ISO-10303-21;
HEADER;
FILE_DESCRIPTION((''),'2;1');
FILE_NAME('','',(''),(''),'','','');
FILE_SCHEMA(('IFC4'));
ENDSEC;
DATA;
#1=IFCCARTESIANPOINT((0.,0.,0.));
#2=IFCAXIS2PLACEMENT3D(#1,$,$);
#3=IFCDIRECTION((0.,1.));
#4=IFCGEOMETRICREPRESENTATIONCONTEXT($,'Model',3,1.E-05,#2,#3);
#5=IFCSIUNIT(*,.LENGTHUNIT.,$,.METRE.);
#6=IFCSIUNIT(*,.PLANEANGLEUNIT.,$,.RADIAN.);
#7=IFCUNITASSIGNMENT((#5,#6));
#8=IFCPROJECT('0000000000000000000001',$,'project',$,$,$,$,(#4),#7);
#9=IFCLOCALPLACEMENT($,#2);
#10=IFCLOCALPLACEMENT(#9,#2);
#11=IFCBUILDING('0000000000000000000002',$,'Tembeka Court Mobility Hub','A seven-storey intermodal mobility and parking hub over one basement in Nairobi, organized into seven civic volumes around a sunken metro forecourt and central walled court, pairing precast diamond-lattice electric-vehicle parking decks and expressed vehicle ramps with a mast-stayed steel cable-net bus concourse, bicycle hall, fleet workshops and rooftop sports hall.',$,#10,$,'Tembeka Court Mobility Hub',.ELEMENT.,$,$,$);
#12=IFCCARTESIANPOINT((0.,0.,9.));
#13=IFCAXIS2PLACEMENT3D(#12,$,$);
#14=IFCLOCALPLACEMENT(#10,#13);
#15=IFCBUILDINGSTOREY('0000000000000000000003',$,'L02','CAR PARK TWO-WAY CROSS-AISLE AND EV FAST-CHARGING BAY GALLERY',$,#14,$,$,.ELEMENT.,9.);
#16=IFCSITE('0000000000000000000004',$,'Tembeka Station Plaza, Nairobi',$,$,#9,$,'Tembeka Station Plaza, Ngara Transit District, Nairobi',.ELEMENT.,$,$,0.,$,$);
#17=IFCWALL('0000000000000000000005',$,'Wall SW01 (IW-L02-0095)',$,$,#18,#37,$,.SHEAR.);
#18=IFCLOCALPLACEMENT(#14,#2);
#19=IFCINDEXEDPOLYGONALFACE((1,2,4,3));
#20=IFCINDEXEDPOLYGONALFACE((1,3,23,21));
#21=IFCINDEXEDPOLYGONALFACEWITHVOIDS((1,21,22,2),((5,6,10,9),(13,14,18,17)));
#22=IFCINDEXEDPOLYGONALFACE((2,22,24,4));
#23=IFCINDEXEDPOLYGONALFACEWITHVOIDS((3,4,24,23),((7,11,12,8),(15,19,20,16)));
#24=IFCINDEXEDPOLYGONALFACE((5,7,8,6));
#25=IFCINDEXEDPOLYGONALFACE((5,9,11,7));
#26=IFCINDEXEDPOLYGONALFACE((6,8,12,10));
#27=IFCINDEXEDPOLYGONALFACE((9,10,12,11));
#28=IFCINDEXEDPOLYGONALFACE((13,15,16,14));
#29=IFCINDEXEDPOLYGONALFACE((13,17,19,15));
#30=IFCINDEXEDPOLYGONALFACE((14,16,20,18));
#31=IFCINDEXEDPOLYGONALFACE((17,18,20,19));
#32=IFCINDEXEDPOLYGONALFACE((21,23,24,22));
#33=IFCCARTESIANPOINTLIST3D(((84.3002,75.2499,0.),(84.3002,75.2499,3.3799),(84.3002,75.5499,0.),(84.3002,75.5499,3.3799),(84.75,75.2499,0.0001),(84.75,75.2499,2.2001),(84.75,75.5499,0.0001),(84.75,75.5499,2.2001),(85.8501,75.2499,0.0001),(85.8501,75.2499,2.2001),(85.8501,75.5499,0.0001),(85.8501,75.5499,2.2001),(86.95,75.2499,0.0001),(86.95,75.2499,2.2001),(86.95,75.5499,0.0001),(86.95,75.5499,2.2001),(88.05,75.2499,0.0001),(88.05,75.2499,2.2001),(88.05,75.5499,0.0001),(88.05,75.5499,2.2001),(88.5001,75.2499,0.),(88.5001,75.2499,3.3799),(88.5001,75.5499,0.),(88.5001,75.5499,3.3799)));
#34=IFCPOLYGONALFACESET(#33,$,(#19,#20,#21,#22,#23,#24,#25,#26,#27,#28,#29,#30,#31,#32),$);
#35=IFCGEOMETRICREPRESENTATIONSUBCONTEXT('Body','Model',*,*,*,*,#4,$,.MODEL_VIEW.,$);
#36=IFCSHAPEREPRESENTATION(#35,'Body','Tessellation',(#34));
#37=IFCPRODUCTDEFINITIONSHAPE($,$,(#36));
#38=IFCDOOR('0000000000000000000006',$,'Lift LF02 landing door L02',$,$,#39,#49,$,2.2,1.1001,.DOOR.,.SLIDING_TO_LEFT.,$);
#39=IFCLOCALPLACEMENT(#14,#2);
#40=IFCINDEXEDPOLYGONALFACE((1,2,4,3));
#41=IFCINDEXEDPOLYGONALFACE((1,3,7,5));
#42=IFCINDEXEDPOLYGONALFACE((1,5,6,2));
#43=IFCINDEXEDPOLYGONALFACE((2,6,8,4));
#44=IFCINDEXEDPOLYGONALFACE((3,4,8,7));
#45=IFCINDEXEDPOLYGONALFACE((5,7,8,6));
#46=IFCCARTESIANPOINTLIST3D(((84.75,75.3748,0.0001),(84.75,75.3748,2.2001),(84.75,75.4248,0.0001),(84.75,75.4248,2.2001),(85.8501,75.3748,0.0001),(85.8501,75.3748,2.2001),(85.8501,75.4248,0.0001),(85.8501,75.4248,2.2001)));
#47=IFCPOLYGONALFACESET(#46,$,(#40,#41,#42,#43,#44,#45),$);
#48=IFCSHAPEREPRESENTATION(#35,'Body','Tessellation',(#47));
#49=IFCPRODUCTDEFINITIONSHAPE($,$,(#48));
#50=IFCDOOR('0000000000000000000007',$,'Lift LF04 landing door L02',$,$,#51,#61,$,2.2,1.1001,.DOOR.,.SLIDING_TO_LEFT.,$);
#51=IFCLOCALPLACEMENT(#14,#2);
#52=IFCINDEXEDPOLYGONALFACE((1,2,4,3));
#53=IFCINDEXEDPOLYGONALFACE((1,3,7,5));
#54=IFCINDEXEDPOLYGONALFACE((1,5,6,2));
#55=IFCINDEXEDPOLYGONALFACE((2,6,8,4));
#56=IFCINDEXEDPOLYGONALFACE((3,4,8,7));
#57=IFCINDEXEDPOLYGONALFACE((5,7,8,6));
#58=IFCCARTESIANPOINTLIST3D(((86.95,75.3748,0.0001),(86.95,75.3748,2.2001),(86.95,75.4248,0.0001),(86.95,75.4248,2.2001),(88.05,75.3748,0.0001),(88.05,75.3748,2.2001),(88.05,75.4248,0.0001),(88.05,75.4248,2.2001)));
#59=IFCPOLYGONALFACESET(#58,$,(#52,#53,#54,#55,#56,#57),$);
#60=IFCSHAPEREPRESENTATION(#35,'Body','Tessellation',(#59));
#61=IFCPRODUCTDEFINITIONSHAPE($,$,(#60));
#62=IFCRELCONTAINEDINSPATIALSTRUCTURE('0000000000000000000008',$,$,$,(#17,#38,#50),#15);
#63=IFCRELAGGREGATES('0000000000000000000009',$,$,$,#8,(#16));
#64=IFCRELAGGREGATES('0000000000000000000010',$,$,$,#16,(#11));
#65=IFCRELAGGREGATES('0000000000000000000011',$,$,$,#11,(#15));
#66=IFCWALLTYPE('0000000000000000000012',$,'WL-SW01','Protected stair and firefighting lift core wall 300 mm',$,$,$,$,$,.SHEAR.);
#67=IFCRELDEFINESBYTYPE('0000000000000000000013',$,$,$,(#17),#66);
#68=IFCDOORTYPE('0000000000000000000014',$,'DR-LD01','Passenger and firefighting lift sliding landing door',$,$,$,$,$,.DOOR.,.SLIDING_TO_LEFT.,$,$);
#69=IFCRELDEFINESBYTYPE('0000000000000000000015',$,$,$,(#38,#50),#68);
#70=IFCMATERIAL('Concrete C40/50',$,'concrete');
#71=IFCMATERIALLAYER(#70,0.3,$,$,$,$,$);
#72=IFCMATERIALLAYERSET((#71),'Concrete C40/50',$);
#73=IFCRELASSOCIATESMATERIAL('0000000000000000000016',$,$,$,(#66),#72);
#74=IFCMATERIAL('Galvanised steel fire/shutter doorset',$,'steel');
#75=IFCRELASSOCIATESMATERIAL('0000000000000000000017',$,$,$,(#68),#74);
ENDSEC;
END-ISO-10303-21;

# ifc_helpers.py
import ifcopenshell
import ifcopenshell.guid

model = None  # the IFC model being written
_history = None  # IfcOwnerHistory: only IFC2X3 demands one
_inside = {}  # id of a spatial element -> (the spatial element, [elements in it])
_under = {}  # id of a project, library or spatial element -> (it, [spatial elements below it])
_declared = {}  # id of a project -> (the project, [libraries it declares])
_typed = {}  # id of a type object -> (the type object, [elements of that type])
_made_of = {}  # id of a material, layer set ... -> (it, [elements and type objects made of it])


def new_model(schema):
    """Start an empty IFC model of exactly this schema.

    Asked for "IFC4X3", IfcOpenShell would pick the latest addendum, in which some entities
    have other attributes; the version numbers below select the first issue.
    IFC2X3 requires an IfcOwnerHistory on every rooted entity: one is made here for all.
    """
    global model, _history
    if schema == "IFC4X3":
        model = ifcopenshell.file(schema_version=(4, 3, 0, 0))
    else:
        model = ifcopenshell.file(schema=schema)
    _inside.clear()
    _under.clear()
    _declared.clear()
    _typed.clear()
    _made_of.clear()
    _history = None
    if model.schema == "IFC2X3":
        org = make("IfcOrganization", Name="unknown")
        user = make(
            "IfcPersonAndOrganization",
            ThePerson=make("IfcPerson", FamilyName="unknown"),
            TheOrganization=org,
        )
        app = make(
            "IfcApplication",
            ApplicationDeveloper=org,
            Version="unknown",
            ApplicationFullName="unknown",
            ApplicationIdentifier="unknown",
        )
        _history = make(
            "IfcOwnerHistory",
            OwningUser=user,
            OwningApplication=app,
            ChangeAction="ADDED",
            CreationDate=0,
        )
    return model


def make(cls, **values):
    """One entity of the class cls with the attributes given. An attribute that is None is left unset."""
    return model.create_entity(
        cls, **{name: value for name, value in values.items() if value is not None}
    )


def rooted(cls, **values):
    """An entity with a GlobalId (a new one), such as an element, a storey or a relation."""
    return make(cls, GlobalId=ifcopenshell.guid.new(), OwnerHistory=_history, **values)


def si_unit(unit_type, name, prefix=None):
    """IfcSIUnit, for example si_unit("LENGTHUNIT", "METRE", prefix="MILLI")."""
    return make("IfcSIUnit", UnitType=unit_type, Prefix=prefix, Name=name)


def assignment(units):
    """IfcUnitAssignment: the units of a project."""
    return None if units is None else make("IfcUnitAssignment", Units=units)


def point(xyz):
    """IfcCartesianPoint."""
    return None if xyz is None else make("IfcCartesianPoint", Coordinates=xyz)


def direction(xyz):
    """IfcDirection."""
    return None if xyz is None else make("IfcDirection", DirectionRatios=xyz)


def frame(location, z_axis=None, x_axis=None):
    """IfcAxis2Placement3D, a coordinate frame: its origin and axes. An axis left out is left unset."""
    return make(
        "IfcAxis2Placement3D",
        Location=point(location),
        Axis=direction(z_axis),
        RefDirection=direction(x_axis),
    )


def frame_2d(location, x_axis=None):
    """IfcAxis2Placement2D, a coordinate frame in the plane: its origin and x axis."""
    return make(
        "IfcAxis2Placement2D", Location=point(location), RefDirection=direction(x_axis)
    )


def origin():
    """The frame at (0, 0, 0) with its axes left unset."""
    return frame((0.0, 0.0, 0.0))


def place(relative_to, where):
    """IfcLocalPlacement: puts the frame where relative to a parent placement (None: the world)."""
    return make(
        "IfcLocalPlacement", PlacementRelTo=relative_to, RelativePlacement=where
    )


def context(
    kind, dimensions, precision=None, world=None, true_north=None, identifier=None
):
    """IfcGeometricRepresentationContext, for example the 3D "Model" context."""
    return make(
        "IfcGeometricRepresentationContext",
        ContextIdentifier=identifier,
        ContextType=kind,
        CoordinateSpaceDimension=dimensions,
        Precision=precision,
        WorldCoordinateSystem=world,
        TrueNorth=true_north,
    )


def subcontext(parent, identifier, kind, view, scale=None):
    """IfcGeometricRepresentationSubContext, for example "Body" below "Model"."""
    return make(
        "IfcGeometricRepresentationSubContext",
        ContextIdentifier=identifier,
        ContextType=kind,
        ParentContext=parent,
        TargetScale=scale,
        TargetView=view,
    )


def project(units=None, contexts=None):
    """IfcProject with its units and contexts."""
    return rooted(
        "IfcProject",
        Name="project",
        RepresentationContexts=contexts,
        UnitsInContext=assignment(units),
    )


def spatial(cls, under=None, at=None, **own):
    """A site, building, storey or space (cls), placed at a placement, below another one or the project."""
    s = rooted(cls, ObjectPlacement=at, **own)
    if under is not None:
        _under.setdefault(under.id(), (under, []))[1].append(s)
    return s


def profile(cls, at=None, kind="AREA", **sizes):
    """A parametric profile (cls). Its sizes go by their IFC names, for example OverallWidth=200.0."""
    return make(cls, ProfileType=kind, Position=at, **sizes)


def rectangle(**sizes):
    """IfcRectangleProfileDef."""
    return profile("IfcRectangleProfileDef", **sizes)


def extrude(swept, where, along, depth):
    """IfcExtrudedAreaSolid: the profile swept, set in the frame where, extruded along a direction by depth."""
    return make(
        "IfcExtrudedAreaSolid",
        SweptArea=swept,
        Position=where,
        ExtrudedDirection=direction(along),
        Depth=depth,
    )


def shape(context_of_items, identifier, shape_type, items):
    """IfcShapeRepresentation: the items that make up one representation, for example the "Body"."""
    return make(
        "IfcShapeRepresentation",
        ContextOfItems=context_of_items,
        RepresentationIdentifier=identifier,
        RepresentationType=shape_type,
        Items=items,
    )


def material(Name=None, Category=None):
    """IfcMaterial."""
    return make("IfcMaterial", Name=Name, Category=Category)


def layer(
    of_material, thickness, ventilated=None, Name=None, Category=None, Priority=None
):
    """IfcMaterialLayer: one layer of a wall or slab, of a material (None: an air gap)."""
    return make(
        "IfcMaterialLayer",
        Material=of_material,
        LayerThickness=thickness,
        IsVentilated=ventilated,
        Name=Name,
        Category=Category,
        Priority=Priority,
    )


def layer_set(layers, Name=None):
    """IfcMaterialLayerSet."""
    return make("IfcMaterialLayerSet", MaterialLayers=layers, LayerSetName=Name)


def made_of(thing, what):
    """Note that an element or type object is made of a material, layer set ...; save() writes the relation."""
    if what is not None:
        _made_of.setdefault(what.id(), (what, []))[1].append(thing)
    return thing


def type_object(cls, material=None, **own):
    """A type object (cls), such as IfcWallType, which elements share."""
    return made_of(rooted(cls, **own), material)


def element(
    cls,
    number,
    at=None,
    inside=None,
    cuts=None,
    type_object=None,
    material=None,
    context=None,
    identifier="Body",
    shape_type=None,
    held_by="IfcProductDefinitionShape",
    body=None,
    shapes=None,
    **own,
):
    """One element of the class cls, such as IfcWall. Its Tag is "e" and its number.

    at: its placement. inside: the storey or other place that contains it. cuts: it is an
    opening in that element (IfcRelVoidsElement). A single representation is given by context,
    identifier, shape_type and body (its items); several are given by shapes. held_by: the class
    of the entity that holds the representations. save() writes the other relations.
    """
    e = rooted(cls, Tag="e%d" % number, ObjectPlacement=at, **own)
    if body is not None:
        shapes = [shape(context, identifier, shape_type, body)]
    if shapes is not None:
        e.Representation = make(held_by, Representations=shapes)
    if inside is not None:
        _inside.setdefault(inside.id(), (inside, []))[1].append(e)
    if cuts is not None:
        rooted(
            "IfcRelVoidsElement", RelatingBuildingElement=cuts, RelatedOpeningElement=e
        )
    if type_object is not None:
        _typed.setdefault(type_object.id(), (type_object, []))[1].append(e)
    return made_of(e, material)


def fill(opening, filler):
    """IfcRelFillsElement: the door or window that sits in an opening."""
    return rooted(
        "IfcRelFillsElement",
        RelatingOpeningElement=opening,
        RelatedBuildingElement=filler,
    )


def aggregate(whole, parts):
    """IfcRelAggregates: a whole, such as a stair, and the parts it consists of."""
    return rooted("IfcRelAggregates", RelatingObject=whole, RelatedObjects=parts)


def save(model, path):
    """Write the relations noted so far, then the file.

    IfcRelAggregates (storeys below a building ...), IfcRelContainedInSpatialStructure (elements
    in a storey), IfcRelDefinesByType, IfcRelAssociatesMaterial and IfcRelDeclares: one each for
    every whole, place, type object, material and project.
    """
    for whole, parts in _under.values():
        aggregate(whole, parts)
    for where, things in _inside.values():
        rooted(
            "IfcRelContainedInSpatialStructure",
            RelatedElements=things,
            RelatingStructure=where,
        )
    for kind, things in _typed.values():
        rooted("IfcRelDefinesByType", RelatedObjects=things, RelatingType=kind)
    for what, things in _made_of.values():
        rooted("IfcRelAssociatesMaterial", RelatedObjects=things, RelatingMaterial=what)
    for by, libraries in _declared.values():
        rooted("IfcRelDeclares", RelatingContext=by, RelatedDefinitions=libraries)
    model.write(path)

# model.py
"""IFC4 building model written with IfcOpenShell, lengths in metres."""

from ifc_helpers import new_model, si_unit, direction, frame, frame_2d, origin, place, context, subcontext, project, spatial, rectangle, extrude, material, layer, layer_set, type_object, element, fill, save


model = new_model("IFC4")

# Units and contexts
model_context = context("Model", 3, precision=1e-05, world=origin(), true_north=direction((0.0, 1.0)))
body_context = subcontext(model_context, "Body", "Model", "MODEL_VIEW")
ifc_project = project(units=[si_unit("LENGTHUNIT", "METRE"), si_unit("PLANEANGLEUNIT", "RADIAN")], contexts=[model_context])

# Site, building, storey
site_placement = place(None, origin())
site = spatial("IfcSite", under=ifc_project, at=site_placement, Name="Tembeka Station Plaza, Nairobi", LongName="Tembeka Station Plaza, Ngara Transit District, Nairobi", CompositionType="ELEMENT", RefElevation=0.0)
building_placement = place(site_placement, origin())
building = spatial("IfcBuilding", under=site, at=building_placement, Name="Tembeka Court Mobility Hub", Description="A seven-storey intermodal mobility and parking hub over one basement in Nairobi, organized into seven civic volumes around a sunken metro forecourt and central walled court, pairing precast diamond-lattice electric-vehicle parking decks and expressed vehicle ramps with a mast-stayed steel cable-net bus concourse, bicycle hall, fleet workshops and rooftop sports hall.", LongName="Tembeka Court Mobility Hub", CompositionType="ELEMENT")
storey_placement = place(building_placement, frame((0.0, 0.0, 9.0)))
storey = spatial("IfcBuildingStorey", under=building, at=storey_placement, Name="L02", Description="CAR PARK TWO-WAY CROSS-AISLE AND EV FAST-CHARGING BAY GALLERY", CompositionType="ELEMENT", Elevation=9.0)

# Shared definitions
ifc_material_1 = material(Name="Concrete C40/50", Category="concrete")
ifc_layer_1 = layer(ifc_material_1, 0.3)
ifc_layer_set_1 = layer_set([ifc_layer_1], Name="Concrete C40/50")
wall_type_1 = type_object("IfcWallType", Name="WL-SW01", Description="Protected stair and firefighting lift core wall 300 mm", PredefinedType="SHEAR", material=ifc_layer_set_1)

# Wall, openings, doors
wall_1_placement = place(storey_placement, frame((84.3, 75.3999, 0.0), z_axis=(0.0, 0.0, 1.0), x_axis=(1.0, 0.0, 0.0)))
wall_1 = element("IfcWall", 1, at=wall_1_placement, inside=storey, type_object=wall_type_1, Name="Wall SW01 (IW-L02-0095)", PredefinedType="SHEAR", context=body_context, shape_type="SweptSolid", body=[
    extrude(rectangle(XDim=4.2, YDim=0.3, at=frame_2d((2.1001, 0.0))), origin(), (0.0, 0.0, 1.0), 3.3799),
])
opening_1_placement = place(wall_1_placement, frame((0.45, 0.0, 0.0)))
opening_1 = element("IfcOpeningElement", 2, at=opening_1_placement, cuts=wall_1, PredefinedType="OPENING", context=body_context, shape_type="SweptSolid", body=[
    extrude(rectangle(XDim=1.1001, YDim=2.2, at=frame_2d((0.55, 1.1001))), frame((0.0, 0.1602, 0.0), z_axis=(0.0, -1.0, 0.0), x_axis=(1.0, 0.0, 0.0)), (0.0, 0.0, 1.0), 0.3201),
])
opening_2_placement = place(wall_1_placement, frame((2.6499, 0.0, 0.0)))
opening_2 = element("IfcOpeningElement", 3, at=opening_2_placement, cuts=wall_1, PredefinedType="OPENING", context=body_context, shape_type="SweptSolid", body=[
    extrude(rectangle(XDim=1.1001, YDim=2.2, at=frame_2d((0.55, 1.1001))), frame((0.0, 0.1602, 0.0), z_axis=(0.0, -1.0, 0.0), x_axis=(1.0, 0.0, 0.0)), (0.0, 0.0, 1.0), 0.3201),
])
ifc_material_2 = material(Name="Galvanised steel fire/shutter doorset", Category="steel")
door_type = type_object("IfcDoorType", Name="DR-LD01", Description="Passenger and firefighting lift sliding landing door", OperationType="SLIDING_TO_LEFT", PredefinedType="DOOR", material=ifc_material_2)
door_1_placement = place(opening_1_placement, origin())
door_1 = element("IfcDoor", 4, at=door_1_placement, inside=storey, type_object=door_type, Name="Lift LF02 landing door L02", OperationType="SLIDING_TO_LEFT", OverallHeight=2.2, OverallWidth=1.1001, PredefinedType="DOOR", context=body_context, shape_type="SweptSolid", body=[
    extrude(rectangle(XDim=1.1001, YDim=2.2, at=frame_2d((0.55, 1.1001))), frame((0.0, 0.0249, 0.0), z_axis=(0.0, -1.0, 0.0), x_axis=(1.0, 0.0, 0.0)), (0.0, 0.0, 1.0), 0.05),
])
fill(opening_1, door_1)
door_2_placement = place(opening_2_placement, origin())
door_2 = element("IfcDoor", 5, at=door_2_placement, inside=storey, type_object=door_type, Name="Lift LF04 landing door L02", OperationType="SLIDING_TO_LEFT", OverallHeight=2.2, OverallWidth=1.1001, PredefinedType="DOOR", context=body_context, shape_type="SweptSolid", body=[
    extrude(rectangle(XDim=1.1001, YDim=2.2, at=frame_2d((0.55, 1.1001))), frame((0.0, 0.0249, 0.0), z_axis=(0.0, -1.0, 0.0), x_axis=(1.0, 0.0, 0.0)), (0.0, 0.0, 1.0), 0.05),
])
fill(opening_2, door_2)

save(model, "model.ifc")
